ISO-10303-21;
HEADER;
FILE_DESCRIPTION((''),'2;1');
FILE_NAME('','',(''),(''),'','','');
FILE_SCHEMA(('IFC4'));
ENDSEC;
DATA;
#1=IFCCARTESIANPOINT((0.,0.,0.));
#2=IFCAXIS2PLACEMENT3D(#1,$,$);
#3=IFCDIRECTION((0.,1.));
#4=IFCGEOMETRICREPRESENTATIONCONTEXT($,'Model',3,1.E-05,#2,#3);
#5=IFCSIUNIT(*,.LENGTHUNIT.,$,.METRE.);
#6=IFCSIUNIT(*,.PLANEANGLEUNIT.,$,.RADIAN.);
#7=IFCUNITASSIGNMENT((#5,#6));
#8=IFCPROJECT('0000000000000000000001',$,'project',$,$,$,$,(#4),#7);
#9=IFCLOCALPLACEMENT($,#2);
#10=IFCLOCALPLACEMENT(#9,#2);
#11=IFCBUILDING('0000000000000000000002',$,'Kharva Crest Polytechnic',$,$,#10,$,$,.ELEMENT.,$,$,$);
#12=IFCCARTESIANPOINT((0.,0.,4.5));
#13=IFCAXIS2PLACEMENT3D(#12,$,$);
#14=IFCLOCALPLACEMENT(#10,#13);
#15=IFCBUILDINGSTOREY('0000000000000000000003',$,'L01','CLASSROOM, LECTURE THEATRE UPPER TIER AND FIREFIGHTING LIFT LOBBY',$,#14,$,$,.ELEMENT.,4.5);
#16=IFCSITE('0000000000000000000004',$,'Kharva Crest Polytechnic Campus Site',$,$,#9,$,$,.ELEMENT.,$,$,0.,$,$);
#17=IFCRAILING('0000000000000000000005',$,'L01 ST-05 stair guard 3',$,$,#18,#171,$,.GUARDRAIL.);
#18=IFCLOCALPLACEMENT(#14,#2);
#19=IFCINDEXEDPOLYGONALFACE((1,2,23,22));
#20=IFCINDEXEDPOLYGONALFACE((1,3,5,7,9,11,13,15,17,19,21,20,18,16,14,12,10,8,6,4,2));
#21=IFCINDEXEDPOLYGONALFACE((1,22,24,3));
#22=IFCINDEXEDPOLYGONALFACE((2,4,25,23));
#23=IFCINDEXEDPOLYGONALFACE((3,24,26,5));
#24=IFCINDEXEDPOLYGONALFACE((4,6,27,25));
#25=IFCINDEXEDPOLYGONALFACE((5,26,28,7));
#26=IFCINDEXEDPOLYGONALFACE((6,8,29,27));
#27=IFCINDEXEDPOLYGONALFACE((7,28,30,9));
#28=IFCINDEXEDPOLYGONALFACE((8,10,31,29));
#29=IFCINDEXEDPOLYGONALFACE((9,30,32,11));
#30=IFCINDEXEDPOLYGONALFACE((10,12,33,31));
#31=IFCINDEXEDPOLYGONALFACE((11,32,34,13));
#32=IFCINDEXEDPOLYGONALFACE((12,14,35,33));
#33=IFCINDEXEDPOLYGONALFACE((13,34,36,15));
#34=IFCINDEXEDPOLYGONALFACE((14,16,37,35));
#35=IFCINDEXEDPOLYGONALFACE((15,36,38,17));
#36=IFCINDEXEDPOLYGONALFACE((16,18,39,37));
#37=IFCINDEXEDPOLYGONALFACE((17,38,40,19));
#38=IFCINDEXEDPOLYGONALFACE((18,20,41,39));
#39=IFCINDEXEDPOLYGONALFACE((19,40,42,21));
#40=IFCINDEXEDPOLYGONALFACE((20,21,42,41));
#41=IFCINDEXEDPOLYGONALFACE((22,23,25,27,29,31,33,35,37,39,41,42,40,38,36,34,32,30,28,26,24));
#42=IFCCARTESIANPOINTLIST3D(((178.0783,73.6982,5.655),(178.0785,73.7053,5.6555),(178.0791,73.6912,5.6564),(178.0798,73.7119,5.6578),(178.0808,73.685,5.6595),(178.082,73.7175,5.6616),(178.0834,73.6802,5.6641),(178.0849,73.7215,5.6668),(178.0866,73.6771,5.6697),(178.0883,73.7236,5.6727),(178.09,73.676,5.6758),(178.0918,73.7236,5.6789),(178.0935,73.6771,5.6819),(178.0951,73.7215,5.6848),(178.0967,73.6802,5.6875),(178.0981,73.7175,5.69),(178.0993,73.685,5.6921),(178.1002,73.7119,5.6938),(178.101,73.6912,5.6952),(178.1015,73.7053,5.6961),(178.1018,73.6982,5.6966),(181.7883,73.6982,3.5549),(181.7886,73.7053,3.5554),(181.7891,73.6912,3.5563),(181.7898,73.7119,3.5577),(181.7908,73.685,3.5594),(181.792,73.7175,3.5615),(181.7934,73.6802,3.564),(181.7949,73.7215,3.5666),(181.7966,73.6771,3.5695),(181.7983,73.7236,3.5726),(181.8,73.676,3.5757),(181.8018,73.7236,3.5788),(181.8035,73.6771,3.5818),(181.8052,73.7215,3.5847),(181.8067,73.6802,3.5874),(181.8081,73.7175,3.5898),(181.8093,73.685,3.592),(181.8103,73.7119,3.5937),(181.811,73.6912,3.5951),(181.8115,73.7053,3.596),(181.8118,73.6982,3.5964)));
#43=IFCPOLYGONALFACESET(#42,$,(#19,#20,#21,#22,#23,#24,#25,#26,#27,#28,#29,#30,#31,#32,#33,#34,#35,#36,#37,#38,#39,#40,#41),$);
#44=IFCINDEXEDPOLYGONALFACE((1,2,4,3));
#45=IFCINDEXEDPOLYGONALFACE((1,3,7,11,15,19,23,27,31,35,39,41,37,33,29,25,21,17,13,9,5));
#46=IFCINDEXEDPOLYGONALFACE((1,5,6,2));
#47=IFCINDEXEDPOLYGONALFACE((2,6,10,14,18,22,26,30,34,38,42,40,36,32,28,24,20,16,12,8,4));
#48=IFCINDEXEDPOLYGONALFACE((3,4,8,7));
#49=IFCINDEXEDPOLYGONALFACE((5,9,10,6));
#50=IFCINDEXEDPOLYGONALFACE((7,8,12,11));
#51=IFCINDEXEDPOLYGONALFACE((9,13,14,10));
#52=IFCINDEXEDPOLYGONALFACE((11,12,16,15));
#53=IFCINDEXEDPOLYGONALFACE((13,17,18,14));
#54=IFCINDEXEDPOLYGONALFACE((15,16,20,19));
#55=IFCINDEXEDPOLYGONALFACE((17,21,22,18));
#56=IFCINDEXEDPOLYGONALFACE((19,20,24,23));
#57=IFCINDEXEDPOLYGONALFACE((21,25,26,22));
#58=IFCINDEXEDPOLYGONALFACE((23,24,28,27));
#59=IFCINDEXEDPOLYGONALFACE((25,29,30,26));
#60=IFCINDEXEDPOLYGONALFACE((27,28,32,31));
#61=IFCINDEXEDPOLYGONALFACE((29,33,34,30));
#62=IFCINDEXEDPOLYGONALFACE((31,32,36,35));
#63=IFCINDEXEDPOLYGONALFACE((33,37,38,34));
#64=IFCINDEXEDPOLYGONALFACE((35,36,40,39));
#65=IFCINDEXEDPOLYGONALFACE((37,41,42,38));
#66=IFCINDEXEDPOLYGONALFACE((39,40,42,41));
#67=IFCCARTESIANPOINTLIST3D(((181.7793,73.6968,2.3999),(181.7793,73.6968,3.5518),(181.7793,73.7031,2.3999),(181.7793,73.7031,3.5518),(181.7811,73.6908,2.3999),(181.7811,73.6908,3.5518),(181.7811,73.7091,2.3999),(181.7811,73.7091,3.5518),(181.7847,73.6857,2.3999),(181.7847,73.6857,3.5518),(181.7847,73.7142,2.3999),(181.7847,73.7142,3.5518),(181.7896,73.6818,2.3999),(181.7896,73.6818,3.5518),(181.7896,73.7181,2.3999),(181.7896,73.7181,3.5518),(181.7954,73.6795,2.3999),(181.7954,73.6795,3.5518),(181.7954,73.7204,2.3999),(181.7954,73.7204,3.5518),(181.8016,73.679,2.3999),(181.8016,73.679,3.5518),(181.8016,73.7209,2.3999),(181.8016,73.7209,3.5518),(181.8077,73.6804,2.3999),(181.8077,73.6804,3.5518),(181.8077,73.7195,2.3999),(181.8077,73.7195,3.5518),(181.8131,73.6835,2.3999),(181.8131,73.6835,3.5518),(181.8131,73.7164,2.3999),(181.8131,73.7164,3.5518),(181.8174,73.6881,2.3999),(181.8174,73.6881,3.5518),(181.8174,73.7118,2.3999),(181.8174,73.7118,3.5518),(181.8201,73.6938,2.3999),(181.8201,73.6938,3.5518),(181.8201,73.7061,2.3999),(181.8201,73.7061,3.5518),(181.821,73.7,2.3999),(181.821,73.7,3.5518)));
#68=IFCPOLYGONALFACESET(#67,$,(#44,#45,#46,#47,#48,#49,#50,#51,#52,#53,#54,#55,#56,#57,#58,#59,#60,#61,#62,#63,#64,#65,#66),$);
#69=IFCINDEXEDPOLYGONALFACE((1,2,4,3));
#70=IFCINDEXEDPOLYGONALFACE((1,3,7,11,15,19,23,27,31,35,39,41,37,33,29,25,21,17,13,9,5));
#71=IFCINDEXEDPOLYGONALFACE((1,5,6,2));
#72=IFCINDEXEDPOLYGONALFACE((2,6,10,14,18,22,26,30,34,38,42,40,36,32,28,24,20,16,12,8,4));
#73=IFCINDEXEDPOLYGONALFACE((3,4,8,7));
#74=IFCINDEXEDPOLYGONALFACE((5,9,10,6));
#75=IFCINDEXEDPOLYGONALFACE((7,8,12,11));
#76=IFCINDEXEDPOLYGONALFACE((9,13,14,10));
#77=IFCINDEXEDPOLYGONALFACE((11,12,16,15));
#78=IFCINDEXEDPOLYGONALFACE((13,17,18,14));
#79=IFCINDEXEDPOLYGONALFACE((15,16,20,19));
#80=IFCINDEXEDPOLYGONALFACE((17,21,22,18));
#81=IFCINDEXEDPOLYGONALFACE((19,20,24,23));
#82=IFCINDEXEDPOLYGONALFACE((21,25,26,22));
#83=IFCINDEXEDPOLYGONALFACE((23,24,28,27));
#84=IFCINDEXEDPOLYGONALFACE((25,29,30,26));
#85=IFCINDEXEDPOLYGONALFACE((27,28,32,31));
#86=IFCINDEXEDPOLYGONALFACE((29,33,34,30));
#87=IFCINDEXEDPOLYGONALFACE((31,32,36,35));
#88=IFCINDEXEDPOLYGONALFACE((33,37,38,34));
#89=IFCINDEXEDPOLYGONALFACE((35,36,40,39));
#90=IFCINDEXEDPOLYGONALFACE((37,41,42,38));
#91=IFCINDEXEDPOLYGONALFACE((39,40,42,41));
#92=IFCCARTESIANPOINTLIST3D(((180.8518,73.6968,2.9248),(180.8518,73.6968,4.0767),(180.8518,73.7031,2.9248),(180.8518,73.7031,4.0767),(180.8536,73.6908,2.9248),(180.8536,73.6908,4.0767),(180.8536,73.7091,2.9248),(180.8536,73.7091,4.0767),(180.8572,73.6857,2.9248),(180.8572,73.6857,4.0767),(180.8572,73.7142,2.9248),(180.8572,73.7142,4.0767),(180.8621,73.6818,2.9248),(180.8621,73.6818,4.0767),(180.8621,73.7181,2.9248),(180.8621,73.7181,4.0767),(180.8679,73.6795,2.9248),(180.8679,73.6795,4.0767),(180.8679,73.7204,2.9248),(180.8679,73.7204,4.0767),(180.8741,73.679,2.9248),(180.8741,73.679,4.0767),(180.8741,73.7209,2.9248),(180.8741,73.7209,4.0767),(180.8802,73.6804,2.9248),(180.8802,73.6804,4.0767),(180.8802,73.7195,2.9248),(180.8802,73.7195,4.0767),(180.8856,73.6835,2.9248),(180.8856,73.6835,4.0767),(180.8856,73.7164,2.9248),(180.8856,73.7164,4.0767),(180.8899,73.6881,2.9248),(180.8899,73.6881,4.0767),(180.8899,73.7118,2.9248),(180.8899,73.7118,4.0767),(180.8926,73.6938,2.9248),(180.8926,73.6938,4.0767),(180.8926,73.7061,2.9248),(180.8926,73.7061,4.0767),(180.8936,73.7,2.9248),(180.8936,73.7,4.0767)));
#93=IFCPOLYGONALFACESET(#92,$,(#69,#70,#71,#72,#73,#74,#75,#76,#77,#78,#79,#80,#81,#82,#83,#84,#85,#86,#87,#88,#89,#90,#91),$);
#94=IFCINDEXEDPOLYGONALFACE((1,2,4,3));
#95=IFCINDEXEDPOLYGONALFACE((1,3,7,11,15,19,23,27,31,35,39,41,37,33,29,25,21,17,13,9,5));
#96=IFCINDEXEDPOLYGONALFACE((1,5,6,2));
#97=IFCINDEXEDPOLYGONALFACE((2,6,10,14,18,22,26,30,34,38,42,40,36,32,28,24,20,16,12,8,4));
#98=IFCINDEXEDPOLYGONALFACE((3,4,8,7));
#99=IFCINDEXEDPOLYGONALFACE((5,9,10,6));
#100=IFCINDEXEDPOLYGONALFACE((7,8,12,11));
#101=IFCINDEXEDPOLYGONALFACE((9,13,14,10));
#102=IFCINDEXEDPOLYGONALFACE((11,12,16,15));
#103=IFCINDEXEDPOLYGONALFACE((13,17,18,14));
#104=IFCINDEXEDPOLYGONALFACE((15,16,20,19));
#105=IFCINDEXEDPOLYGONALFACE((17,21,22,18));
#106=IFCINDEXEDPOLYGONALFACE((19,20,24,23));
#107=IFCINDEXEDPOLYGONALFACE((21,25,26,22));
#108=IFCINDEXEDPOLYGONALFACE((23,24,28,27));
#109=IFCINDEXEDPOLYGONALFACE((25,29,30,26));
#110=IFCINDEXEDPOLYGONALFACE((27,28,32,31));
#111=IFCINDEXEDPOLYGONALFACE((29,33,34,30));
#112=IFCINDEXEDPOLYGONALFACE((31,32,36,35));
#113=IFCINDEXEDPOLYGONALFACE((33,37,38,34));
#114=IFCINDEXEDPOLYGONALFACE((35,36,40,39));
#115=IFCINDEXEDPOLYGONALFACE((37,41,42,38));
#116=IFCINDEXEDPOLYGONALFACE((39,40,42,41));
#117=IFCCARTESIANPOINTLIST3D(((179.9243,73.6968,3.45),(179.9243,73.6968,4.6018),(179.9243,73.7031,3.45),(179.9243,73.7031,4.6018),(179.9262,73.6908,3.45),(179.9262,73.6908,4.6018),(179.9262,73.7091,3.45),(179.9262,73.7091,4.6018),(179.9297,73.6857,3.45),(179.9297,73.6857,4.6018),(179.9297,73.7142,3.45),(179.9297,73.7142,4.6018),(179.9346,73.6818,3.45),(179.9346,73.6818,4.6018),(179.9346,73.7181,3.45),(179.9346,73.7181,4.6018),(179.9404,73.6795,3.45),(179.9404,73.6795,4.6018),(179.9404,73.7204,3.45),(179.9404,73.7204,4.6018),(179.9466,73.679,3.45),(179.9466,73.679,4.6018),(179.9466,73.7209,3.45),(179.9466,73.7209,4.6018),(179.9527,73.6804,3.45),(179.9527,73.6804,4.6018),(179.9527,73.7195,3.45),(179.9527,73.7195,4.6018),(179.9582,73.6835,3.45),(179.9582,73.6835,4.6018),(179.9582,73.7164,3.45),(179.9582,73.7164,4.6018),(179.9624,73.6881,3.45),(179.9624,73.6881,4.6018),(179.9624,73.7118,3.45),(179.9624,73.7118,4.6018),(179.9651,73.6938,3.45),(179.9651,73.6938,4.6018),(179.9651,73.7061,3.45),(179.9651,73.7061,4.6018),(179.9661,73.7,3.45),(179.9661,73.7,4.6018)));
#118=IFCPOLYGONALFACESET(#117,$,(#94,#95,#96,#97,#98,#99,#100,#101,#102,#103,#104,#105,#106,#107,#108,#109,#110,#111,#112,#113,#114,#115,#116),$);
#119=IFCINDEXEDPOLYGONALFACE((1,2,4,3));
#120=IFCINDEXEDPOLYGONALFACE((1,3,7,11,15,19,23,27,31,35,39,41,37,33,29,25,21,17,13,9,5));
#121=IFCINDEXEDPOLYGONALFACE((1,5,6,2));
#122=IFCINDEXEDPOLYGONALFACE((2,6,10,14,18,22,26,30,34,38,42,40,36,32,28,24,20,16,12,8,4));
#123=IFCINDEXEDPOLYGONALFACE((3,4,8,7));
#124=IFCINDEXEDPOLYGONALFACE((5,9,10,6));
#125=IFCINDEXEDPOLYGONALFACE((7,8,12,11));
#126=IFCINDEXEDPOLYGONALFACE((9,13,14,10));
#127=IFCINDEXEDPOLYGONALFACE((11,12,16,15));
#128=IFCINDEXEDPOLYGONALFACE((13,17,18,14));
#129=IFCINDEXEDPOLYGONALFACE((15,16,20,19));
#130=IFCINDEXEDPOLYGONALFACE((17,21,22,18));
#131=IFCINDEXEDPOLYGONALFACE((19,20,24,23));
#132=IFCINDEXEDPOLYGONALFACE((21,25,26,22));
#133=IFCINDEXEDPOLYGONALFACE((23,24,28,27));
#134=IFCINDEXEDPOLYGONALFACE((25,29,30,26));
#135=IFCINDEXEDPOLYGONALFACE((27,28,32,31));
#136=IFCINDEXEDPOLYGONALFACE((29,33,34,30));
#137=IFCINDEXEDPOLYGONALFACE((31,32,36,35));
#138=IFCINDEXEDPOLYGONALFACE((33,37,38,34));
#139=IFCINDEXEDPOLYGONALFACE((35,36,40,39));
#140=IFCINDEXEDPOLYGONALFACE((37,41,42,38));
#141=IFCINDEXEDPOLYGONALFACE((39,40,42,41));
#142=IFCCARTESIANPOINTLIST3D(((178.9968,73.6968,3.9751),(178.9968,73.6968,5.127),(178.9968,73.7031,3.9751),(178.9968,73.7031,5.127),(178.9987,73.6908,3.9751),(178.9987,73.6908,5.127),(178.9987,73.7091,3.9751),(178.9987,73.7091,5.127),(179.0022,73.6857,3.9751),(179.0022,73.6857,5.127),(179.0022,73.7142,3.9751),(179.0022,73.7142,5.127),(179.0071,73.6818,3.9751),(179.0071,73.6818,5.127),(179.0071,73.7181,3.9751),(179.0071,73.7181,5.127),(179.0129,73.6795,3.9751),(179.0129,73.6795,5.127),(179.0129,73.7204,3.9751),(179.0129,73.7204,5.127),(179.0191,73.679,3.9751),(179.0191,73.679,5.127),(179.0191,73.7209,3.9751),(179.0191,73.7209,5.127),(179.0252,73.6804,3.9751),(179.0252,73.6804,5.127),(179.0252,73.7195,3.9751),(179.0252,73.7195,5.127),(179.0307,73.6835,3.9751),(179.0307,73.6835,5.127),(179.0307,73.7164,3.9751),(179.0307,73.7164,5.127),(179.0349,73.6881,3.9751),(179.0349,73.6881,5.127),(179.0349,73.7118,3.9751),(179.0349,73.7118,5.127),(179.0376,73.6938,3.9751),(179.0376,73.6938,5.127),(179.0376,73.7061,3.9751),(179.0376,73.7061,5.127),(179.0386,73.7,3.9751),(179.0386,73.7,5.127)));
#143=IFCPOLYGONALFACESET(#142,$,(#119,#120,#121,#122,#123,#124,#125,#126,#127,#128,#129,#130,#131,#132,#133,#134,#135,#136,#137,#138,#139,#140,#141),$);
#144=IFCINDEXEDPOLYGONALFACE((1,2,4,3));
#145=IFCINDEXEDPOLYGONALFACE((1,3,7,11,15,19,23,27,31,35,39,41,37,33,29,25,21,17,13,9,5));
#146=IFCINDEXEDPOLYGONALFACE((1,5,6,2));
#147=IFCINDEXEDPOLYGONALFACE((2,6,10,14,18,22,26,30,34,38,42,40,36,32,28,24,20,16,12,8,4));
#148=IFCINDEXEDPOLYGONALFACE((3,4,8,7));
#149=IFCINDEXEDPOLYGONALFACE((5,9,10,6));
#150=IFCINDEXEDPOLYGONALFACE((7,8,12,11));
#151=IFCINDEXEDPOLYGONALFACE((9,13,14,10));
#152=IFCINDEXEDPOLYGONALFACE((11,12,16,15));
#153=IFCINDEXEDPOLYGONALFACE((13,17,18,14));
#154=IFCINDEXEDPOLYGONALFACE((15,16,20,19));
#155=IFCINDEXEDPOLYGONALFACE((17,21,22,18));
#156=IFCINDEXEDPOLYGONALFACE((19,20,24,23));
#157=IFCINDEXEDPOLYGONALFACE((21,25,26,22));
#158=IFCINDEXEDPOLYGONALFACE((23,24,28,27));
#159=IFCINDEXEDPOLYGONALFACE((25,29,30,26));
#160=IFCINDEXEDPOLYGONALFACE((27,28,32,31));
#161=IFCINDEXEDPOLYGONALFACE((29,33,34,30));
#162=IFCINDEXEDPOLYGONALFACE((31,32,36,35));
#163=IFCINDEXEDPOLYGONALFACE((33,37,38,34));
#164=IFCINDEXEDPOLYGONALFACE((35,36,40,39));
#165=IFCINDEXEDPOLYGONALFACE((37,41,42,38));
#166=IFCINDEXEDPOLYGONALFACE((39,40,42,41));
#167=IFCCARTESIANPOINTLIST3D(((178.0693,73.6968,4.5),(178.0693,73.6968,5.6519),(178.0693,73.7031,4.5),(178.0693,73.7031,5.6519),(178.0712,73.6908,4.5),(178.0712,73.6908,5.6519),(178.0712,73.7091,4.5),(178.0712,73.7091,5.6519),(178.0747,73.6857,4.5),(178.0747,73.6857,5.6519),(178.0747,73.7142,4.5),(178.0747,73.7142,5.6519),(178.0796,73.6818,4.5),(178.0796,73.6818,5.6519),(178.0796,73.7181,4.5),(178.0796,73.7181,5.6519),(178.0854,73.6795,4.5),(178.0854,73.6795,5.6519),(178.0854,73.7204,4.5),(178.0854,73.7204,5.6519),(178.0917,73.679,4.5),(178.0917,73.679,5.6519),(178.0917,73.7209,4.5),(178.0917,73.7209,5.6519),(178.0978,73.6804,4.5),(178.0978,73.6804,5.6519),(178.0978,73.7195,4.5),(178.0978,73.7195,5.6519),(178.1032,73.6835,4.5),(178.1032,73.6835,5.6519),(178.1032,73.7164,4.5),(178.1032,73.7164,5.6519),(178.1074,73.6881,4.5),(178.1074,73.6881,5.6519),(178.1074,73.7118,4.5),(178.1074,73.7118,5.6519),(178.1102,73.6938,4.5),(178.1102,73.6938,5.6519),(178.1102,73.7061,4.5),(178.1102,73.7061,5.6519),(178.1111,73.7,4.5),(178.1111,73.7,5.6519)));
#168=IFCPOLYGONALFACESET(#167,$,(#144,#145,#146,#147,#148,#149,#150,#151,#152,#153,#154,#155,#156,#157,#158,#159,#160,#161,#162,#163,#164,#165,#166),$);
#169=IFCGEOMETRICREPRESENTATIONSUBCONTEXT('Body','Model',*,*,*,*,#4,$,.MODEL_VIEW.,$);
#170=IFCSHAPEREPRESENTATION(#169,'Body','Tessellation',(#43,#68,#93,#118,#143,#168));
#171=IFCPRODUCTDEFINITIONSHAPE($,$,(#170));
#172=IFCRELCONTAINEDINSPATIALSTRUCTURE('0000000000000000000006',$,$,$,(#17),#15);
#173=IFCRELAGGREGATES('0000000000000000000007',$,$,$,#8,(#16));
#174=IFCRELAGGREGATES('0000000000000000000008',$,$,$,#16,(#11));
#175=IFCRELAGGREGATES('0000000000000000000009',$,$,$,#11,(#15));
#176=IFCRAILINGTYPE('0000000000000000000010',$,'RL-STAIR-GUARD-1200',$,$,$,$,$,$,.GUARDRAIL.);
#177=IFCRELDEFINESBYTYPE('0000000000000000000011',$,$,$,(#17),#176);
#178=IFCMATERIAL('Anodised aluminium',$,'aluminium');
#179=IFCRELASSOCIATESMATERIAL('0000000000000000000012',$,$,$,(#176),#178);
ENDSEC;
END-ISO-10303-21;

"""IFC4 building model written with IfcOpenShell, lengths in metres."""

from ifc_helpers import new_model, si_unit, direction, frame, origin, origin_2d, place, context, subcontext, project, spatial, circle, extrude, material, type_object, element, save


model = new_model("IFC4")

# Units and contexts
model_context = context("Model", 3, precision=1e-05, world=origin(), true_north=direction((0.0, 1.0)))
body_context = subcontext(model_context, "Body", "Model", "MODEL_VIEW")
ifc_project = project(units=[si_unit("LENGTHUNIT", "METRE"), si_unit("PLANEANGLEUNIT", "RADIAN")], contexts=[model_context])

# Site, building, storey
site_placement = place(None, origin())
site = spatial("IfcSite", under=ifc_project, at=site_placement, Name="Kharva Crest Polytechnic Campus Site", CompositionType="ELEMENT", RefElevation=0.0)
building_placement = place(site_placement, origin())
building = spatial("IfcBuilding", under=site, at=building_placement, Name="Kharva Crest Polytechnic", CompositionType="ELEMENT")
storey_placement = place(building_placement, frame((0.0, 0.0, 4.5)))
storey = spatial("IfcBuildingStorey", under=building, at=storey_placement, Name="L01", Description="CLASSROOM, LECTURE THEATRE UPPER TIER AND FIREFIGHTING LIFT LOBBY", CompositionType="ELEMENT", Elevation=4.5)

# Railing
ifc_material_1 = material(Name="Anodised aluminium", Category="aluminium")
railing_type_1 = type_object("IfcRailingType", Name="RL-STAIR-GUARD-1200", PredefinedType="GUARDRAIL", material=ifc_material_1)
railing_1_placement = place(storey_placement, frame((181.8, 73.7, 2.3999)))
element("IfcRailing", 1, at=railing_1_placement, inside=storey, type_object=railing_type_1, Name="L01 ST-05 stair guard 3", PredefinedType="GUARDRAIL", context=body_context, shape_type="SweptSolid", body=[
    extrude(circle(Radius=0.0239, at=origin_2d()), frame((0.0, 0.0, 1.1758), z_axis=(-0.870245, 0.0, 0.492619), x_axis=(0.0, -1.0, 0.0)), (0.0, 0.0, 1.0), 4.2632),
    extrude(circle(Radius=0.021, at=origin_2d()), origin(), (0.0, 0.0, 1.0), 1.1519),
    extrude(circle(Radius=0.021, at=origin_2d()), frame((-0.9275, 0.0, 0.5249)), (0.0, 0.0, 1.0), 1.1519),
    extrude(circle(Radius=0.021, at=origin_2d()), frame((-1.855, 0.0, 1.05)), (0.0, 0.0, 1.0), 1.1519),
    extrude(circle(Radius=0.021, at=origin_2d()), frame((-2.7825, 0.0, 1.5752)), (0.0, 0.0, 1.0), 1.1519),
    extrude(circle(Radius=0.021, at=origin_2d()), frame((-3.71, 0.0, 2.1001)), (0.0, 0.0, 1.0), 1.1519),
])

save(model, "model.ifc")
